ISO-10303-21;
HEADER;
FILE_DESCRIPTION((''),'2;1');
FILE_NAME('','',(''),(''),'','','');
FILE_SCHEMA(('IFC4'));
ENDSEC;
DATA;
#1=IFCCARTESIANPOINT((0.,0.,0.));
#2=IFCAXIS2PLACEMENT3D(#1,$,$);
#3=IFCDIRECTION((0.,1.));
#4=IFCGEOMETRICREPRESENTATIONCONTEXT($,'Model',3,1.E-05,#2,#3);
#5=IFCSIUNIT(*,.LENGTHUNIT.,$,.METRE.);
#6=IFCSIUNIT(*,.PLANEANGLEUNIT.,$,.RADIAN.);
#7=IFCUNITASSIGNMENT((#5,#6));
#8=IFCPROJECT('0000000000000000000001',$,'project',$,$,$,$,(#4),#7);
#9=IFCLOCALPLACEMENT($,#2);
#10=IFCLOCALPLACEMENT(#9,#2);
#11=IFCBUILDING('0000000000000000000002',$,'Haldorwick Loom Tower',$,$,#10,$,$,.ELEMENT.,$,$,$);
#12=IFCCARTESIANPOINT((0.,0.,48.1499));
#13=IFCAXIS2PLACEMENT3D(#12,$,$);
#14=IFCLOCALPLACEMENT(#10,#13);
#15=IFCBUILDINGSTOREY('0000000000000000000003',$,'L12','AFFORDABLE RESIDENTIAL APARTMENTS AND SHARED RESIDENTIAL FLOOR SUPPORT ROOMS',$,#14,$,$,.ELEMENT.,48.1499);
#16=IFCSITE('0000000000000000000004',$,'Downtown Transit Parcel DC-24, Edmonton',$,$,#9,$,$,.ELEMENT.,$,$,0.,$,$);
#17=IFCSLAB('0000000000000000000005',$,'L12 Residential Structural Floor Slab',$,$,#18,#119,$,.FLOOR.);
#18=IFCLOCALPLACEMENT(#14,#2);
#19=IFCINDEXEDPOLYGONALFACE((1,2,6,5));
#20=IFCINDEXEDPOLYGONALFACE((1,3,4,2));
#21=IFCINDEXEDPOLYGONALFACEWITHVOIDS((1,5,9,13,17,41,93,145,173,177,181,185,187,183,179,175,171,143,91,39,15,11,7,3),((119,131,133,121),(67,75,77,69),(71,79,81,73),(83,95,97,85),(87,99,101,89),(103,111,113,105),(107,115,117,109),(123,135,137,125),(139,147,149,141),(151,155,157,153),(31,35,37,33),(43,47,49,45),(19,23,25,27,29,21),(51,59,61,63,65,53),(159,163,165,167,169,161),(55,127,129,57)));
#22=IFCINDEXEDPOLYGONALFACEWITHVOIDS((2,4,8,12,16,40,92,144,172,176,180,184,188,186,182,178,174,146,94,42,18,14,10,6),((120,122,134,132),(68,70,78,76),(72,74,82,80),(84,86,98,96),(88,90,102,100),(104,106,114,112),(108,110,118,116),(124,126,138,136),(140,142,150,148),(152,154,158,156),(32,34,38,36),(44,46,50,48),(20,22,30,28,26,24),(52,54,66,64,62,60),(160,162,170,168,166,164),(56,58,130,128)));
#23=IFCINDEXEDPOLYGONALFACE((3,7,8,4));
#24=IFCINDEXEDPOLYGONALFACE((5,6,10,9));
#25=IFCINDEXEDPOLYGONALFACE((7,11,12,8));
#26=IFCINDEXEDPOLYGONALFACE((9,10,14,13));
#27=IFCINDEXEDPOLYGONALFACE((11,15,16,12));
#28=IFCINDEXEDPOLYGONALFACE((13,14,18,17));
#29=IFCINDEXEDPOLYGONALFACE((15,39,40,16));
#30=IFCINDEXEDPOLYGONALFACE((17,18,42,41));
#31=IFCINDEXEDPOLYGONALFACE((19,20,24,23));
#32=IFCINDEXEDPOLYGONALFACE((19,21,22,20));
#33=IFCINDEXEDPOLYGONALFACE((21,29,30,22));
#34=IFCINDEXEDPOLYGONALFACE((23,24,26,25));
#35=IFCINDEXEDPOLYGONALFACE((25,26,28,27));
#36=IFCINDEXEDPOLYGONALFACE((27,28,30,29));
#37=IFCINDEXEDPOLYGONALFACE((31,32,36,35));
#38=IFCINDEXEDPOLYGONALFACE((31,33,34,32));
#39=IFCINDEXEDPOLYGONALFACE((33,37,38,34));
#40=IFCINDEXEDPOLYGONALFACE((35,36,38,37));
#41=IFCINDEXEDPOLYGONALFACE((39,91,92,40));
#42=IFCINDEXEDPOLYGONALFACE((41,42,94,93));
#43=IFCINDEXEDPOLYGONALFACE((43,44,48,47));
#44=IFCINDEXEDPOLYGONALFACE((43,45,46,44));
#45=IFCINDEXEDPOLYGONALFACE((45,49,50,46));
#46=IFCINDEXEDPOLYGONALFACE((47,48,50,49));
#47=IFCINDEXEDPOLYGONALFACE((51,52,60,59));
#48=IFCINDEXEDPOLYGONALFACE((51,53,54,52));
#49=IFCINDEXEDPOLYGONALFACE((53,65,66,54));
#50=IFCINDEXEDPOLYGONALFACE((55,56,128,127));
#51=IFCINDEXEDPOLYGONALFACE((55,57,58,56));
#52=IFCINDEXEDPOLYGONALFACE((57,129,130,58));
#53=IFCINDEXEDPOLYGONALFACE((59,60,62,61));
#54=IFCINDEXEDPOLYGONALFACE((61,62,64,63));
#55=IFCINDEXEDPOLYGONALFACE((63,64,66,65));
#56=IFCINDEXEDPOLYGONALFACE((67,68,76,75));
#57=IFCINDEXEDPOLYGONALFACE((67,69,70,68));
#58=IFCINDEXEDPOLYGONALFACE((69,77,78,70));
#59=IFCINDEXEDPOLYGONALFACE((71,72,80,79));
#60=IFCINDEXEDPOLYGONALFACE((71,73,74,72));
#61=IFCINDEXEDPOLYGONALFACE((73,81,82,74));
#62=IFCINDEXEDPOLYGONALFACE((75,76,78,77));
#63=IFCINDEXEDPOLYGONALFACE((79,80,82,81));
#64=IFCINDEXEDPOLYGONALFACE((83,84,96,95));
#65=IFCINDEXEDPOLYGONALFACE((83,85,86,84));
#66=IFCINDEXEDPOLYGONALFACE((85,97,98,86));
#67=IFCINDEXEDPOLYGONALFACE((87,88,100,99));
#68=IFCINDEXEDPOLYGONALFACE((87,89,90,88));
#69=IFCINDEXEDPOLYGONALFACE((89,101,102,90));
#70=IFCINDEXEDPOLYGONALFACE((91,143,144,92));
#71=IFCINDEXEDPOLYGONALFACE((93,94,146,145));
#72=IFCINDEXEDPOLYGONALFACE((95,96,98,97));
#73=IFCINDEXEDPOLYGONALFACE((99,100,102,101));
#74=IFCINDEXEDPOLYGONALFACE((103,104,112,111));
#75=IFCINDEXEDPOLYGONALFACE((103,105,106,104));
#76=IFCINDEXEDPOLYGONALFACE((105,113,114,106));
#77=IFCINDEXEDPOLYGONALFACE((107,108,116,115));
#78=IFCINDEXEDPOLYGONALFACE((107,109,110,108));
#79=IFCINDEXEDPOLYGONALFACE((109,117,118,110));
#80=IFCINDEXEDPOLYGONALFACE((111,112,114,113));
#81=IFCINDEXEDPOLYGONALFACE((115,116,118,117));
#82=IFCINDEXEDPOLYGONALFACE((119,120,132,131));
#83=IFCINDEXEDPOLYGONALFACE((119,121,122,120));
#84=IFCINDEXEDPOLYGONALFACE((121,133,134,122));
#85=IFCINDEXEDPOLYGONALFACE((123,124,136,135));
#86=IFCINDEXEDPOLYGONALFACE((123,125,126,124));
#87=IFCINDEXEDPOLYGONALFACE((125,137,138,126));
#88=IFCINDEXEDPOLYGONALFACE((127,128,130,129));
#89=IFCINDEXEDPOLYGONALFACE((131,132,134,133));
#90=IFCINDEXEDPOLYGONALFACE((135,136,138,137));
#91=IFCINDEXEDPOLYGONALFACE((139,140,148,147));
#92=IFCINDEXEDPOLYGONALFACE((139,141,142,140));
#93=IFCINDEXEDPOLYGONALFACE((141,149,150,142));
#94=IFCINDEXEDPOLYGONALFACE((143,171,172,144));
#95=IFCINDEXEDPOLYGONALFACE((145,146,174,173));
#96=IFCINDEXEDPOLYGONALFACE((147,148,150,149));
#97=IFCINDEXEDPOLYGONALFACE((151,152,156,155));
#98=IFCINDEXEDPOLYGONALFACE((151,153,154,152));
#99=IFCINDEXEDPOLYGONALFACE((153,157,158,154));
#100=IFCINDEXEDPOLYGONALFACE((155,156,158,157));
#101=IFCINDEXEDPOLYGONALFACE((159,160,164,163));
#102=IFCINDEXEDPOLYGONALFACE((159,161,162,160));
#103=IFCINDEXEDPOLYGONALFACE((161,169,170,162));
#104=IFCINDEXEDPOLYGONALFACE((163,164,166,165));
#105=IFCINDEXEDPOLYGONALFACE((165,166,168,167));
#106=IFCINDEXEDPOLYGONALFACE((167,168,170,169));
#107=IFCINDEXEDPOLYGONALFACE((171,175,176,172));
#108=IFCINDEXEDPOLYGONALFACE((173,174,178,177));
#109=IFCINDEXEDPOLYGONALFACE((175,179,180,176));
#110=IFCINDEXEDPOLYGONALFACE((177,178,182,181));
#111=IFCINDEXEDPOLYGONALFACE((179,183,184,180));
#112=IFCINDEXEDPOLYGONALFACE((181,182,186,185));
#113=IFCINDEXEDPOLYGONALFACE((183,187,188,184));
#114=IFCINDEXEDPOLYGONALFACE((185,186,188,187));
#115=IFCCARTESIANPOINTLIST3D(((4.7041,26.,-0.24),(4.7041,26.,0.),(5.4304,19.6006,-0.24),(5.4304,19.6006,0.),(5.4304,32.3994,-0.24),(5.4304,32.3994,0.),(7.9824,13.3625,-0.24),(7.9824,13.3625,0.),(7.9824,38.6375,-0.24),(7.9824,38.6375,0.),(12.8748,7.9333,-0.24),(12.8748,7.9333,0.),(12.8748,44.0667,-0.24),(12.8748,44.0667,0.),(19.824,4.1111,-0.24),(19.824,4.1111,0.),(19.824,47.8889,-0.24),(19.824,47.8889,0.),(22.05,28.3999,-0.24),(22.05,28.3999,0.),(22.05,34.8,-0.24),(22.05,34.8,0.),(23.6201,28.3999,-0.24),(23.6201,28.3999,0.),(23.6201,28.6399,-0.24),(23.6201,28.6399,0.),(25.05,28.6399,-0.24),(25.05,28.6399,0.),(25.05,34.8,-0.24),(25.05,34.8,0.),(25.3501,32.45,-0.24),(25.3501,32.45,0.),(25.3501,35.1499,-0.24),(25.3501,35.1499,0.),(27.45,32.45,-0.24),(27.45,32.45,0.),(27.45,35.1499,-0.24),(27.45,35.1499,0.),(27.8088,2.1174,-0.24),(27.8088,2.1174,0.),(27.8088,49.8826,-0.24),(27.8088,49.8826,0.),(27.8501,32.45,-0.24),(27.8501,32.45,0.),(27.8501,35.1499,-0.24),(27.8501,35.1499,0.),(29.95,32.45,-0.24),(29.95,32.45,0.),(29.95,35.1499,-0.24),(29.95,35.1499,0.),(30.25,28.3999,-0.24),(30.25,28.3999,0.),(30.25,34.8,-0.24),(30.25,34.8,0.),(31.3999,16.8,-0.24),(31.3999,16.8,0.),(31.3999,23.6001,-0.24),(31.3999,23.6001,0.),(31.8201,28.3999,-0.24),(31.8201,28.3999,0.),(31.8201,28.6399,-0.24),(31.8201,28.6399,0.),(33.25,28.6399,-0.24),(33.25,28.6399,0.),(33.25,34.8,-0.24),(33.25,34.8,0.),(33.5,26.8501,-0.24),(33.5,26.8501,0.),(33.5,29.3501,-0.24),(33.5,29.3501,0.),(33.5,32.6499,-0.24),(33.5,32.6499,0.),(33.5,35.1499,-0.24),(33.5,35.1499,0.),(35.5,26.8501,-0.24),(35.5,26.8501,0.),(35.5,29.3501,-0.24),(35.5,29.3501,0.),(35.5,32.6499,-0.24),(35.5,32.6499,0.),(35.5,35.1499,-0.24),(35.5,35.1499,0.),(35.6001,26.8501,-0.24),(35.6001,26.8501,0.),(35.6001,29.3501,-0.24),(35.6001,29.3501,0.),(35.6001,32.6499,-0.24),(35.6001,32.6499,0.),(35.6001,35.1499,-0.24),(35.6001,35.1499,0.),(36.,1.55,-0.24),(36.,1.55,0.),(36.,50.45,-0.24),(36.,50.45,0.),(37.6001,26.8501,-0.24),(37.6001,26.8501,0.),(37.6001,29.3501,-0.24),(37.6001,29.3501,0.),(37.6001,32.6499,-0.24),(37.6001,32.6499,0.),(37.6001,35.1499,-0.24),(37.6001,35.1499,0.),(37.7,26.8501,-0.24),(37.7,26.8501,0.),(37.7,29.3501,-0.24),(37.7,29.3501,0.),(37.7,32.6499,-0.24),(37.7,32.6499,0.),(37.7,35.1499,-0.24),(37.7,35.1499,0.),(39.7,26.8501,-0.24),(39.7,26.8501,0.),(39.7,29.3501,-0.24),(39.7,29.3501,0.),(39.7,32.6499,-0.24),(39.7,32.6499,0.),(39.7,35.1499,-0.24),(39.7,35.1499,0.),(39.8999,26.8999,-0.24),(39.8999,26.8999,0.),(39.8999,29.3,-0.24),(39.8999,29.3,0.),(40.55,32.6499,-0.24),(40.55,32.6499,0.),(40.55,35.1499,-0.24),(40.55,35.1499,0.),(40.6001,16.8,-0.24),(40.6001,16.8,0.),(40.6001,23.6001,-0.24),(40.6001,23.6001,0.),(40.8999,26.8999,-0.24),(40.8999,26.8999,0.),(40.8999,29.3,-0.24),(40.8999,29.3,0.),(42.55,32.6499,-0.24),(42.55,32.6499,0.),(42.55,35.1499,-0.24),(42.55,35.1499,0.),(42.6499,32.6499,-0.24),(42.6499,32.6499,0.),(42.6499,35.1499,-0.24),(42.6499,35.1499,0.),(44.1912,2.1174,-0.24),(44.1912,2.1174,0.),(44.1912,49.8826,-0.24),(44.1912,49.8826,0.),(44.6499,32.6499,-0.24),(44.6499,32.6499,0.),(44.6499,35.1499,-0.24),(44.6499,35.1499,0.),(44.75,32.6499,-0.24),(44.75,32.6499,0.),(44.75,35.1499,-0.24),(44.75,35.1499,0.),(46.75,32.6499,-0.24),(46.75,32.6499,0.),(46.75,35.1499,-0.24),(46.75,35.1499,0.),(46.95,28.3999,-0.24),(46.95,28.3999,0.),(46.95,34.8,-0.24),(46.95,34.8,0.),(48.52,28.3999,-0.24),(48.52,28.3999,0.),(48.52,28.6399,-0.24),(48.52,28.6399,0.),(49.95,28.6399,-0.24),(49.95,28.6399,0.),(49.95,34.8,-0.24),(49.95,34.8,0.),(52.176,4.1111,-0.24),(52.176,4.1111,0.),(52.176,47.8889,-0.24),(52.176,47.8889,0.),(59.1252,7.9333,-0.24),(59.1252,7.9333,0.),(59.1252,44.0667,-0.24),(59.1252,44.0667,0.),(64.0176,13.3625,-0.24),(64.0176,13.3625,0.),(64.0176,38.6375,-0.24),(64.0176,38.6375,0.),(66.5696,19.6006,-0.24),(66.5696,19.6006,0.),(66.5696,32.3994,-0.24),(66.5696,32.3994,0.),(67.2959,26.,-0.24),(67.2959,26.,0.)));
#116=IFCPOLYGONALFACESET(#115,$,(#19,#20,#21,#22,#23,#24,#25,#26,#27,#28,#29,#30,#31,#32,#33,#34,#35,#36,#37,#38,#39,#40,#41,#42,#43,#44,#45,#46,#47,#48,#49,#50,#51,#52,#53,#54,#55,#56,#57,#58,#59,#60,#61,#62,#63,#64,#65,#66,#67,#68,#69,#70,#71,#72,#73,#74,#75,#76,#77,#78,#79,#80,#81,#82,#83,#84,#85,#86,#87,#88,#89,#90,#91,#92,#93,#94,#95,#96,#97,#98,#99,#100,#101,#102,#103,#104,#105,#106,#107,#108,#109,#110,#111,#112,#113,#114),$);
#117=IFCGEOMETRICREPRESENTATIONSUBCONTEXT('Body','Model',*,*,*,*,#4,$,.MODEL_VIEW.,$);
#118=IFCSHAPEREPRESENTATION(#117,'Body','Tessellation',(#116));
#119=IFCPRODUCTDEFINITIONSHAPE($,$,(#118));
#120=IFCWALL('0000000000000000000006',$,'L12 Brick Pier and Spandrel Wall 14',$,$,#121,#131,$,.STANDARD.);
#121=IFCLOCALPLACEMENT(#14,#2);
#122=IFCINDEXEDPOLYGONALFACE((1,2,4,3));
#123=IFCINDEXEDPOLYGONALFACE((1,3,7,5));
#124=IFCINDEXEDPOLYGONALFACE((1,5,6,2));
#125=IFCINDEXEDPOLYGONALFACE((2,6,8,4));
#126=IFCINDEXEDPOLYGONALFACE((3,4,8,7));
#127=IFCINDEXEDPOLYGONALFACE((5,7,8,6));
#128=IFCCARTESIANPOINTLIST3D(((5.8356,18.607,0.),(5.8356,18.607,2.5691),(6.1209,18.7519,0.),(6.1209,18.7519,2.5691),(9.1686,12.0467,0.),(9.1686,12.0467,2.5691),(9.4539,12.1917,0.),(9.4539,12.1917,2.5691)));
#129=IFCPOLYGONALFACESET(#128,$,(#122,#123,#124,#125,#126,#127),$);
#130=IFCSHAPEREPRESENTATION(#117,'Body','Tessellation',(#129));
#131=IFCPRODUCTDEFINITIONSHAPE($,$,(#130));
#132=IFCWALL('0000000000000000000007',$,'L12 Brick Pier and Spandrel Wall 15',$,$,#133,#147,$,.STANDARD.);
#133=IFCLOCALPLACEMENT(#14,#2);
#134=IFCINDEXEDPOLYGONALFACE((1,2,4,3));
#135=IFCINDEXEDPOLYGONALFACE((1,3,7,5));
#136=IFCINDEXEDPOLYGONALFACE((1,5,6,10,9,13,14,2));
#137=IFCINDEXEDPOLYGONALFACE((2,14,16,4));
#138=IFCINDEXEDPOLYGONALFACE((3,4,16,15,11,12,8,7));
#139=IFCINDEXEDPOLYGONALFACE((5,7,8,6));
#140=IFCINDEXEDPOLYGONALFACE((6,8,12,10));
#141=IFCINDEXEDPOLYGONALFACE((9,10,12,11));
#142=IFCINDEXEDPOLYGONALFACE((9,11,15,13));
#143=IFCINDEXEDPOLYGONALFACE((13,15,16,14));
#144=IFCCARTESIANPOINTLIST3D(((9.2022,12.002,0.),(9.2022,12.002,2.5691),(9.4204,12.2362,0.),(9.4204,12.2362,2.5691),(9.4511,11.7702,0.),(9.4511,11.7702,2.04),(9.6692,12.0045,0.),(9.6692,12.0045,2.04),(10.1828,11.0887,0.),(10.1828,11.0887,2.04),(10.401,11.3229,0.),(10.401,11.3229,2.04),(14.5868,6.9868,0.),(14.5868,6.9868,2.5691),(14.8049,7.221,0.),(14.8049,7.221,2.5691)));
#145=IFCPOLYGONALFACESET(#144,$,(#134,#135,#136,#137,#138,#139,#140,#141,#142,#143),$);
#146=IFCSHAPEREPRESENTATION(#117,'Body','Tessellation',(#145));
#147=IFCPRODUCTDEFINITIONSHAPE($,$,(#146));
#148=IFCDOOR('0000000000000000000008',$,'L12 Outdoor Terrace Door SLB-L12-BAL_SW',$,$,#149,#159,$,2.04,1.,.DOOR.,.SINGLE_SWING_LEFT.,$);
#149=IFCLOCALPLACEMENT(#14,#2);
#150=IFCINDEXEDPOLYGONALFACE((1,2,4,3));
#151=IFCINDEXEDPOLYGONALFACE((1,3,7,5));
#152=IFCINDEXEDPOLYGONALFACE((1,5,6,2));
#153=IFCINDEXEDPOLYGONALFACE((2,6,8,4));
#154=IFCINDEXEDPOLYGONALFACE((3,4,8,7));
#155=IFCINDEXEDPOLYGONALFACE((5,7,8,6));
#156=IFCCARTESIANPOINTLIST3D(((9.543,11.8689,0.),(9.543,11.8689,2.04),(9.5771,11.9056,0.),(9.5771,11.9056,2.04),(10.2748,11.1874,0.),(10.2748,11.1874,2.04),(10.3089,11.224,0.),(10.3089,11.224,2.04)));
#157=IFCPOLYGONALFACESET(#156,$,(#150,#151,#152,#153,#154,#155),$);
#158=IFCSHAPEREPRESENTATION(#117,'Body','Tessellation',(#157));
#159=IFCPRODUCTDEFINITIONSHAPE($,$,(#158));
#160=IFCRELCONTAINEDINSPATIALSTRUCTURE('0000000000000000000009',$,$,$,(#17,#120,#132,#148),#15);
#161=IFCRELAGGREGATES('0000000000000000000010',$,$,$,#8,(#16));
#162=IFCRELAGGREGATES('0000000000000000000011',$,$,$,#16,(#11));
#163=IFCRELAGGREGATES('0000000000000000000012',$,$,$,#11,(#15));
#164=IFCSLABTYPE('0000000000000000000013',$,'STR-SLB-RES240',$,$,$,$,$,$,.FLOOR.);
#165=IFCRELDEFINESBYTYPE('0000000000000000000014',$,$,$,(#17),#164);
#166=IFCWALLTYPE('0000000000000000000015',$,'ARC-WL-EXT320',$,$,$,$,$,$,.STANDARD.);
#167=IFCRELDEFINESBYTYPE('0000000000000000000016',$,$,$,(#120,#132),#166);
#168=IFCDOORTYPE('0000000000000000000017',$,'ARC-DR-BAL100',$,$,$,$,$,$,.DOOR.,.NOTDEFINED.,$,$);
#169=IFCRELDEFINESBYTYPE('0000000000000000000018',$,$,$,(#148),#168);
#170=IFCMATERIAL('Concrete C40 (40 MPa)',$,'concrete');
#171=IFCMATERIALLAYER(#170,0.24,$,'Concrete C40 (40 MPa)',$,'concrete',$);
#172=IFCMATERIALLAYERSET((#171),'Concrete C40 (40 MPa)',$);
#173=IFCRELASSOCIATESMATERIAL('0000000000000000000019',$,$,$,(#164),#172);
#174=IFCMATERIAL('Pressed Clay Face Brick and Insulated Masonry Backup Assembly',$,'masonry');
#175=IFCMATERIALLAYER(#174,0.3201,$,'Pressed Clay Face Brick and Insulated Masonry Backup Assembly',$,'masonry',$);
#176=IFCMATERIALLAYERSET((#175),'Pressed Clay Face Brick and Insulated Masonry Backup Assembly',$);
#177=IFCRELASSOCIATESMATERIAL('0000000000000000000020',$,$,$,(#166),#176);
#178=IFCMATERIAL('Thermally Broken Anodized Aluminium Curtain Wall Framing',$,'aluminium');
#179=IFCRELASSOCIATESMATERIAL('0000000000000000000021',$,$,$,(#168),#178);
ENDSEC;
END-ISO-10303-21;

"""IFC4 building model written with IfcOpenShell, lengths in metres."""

from ifc_helpers import new_model, si_unit, direction, frame, frame_2d, origin, place, context, subcontext, project, spatial, polyline, rectangle, outline, extrude, material, layer, layer_set, type_object, element, fill, save


model = new_model("IFC4")

# Units and contexts
model_context = context("Model", 3, precision=1e-05, world=origin(), true_north=direction((0.0, 1.0)))
body_context = subcontext(model_context, "Body", "Model", "MODEL_VIEW")
ifc_project = project(units=[si_unit("LENGTHUNIT", "METRE"), si_unit("PLANEANGLEUNIT", "RADIAN")], contexts=[model_context])

# Site, building, storey
site_placement = place(None, origin())
site = spatial("IfcSite", under=ifc_project, at=site_placement, Name="Downtown Transit Parcel DC-24, Edmonton", CompositionType="ELEMENT", RefElevation=0.0)
building_placement = place(site_placement, origin())
building = spatial("IfcBuilding", under=site, at=building_placement, Name="Haldorwick Loom Tower", CompositionType="ELEMENT")
storey_placement = place(building_placement, frame((0.0, 0.0, 48.1499)))
storey = spatial("IfcBuildingStorey", under=building, at=storey_placement, Name="L12", Description="AFFORDABLE RESIDENTIAL APARTMENTS AND SHARED RESIDENTIAL FLOOR SUPPORT ROOMS", CompositionType="ELEMENT", Elevation=48.1499)

# Shared definitions
ifc_material_1 = material(Name="Concrete C40 (40 MPa)", Category="concrete")

# Slab
ifc_layer_1 = layer(ifc_material_1, 0.24, Name="Concrete C40 (40 MPa)", Category="concrete")
ifc_layer_set_1 = layer_set([ifc_layer_1], Name="Concrete C40 (40 MPa)")
slab_type_1 = type_object("IfcSlabType", Name="STR-SLB-RES240", PredefinedType="FLOOR", material=ifc_layer_set_1)
slab_1_placement = place(storey_placement, frame((0.0, 0.0, -0.24)))
element("IfcSlab", 1, at=slab_1_placement, inside=storey, type_object=slab_type_1, Name="L12 Residential Structural Floor Slab", PredefinedType="FLOOR", context=body_context, shape_type="SweptSolid", body=[
    extrude(outline(polyline([(59.1252, 7.9333), (64.0176, 13.3625), (66.5696, 19.6006), (67.2959, 26.0), (66.5696, 32.3994), (64.0176, 38.6375), (59.1252, 44.0667), (52.176, 47.8889), (44.1912, 49.8826), (36.0, 50.45), (27.8088, 49.8826), (19.824, 47.8889), (12.8748, 44.0667), (7.9824, 38.6375), (5.4304, 32.3994), (4.7041, 26.0), (5.4304, 19.6006), (7.9824, 13.3625), (12.8748, 7.9333), (19.824, 4.1111), (27.8088, 2.1174), (36.0, 1.55), (44.1912, 2.1174), (52.176, 4.1111), (59.1252, 7.9333)]), holes=[polyline([(31.3999, 23.6001), (40.6001, 23.6001), (40.6001, 16.8), (31.3999, 16.8), (31.3999, 23.6001)]), polyline([(33.5, 26.8501), (33.5, 29.3501), (35.5, 29.3501), (35.5, 26.8501), (33.5, 26.8501)]), polyline([(22.05, 28.3999), (22.05, 34.8), (25.05, 34.8), (25.05, 28.6399), (23.6201, 28.6399), (23.6201, 28.3999), (22.05, 28.3999)]), polyline([(30.25, 28.3999), (30.25, 34.8), (33.25, 34.8), (33.25, 28.6399), (31.8201, 28.6399), (31.8201, 28.3999), (30.25, 28.3999)]), polyline([(25.3501, 32.45), (25.3501, 35.1499), (27.45, 35.1499), (27.45, 32.45), (25.3501, 32.45)]), polyline([(27.8501, 32.45), (27.8501, 35.1499), (29.95, 35.1499), (29.95, 32.45), (27.8501, 32.45)]), polyline([(33.5, 32.6499), (33.5, 35.1499), (35.5, 35.1499), (35.5, 32.6499), (33.5, 32.6499)]), polyline([(35.6001, 32.6499), (35.6001, 35.1499), (37.6001, 35.1499), (37.6001, 32.6499), (35.6001, 32.6499)]), polyline([(35.6001, 26.8501), (35.6001, 29.3501), (37.6001, 29.3501), (37.6001, 26.8501), (35.6001, 26.8501)]), polyline([(37.7, 26.8501), (37.7, 29.3501), (39.7, 29.3501), (39.7, 26.8501), (37.7, 26.8501)]), polyline([(39.8999, 26.8999), (39.8999, 29.3), (40.8999, 29.3), (40.8999, 26.8999), (39.8999, 26.8999)]), polyline([(46.95, 28.3999), (46.95, 34.8), (49.95, 34.8), (49.95, 28.6399), (48.52, 28.6399), (48.52, 28.3999), (46.95, 28.3999)]), polyline([(37.7, 32.6499), (37.7, 35.1499), (39.7, 35.1499), (39.7, 32.6499), (37.7, 32.6499)]), polyline([(40.55, 32.6499), (40.55, 35.1499), (42.55, 35.1499), (42.55, 32.6499), (40.55, 32.6499)]), polyline([(42.6499, 32.6499), (42.6499, 35.1499), (44.6499, 35.1499), (44.6499, 32.6499), (42.6499, 32.6499)]), polyline([(44.75, 32.6499), (44.75, 35.1499), (46.75, 35.1499), (46.75, 32.6499), (44.75, 32.6499)])]), origin(), (0.0, 0.0, 1.0), 0.24),
])

# Wall
ifc_material_2 = material(Name="Pressed Clay Face Brick and Insulated Masonry Backup Assembly", Category="masonry")
ifc_layer_2 = layer(ifc_material_2, 0.3201, Name="Pressed Clay Face Brick and Insulated Masonry Backup Assembly", Category="masonry")
ifc_layer_set_2 = layer_set([ifc_layer_2], Name="Pressed Clay Face Brick and Insulated Masonry Backup Assembly")
wall_type_1 = type_object("IfcWallType", Name="ARC-WL-EXT320", PredefinedType="STANDARD", material=ifc_layer_set_2)
wall_1_placement = place(storey_placement, frame((5.9783, 18.6794, 0.0), z_axis=(0.0, 0.0, 1.0), x_axis=(0.452951, -0.891535, 0.0)))
element("IfcWall", 2, at=wall_1_placement, inside=storey, type_object=wall_type_1, Name="L12 Brick Pier and Spandrel Wall 14", PredefinedType="STANDARD", context=body_context, shape_type="SweptSolid", body=[
    extrude(rectangle(XDim=7.3584, YDim=0.3201, at=frame_2d((3.6792, 0.0))), origin(), (0.0, 0.0, 1.0), 2.5691),
])

# Wall, opening, door
wall_2_placement = place(storey_placement, frame((9.3113, 12.1191, 0.0), z_axis=(0.0, 0.0, 1.0), x_axis=(0.731761, -0.681561, 0.0)))
wall_2 = element("IfcWall", 3, at=wall_2_placement, inside=storey, type_object=wall_type_1, Name="L12 Brick Pier and Spandrel Wall 15", PredefinedType="STANDARD", context=body_context, shape_type="SweptSolid", body=[
    extrude(rectangle(XDim=7.3584, YDim=0.3201, at=frame_2d((3.6792, 0.0))), origin(), (0.0, 0.0, 1.0), 2.5691),
])
opening_1_placement = place(wall_2_placement, frame((0.3401, 0.0, 0.0)))
opening_1 = element("IfcOpeningElement", 4, at=opening_1_placement, cuts=wall_2, PredefinedType="OPENING", context=body_context, shape_type="SweptSolid", body=[
    extrude(rectangle(XDim=1.0, YDim=2.04, at=frame_2d((0.5, 1.02))), frame((0.0, 0.1699, 0.0), z_axis=(0.0, -1.0, 0.0), x_axis=(1.0, 0.0, 0.0)), (0.0, 0.0, 1.0), 0.3401),
])
ifc_material_3 = material(Name="Thermally Broken Anodized Aluminium Curtain Wall Framing", Category="aluminium")
door_type = type_object("IfcDoorType", Name="ARC-DR-BAL100", OperationType="NOTDEFINED", PredefinedType="DOOR", material=ifc_material_3)
door_placement = place(opening_1_placement, origin())
door = element("IfcDoor", 5, at=door_placement, inside=storey, type_object=door_type, Name="L12 Outdoor Terrace Door SLB-L12-BAL_SW", OperationType="SINGLE_SWING_LEFT", OverallHeight=2.04, OverallWidth=1.0, PredefinedType="DOOR", context=body_context, shape_type="SweptSolid", body=[
    extrude(rectangle(XDim=1.0, YDim=2.04, at=frame_2d((0.5, 1.02))), frame((0.0, 0.0249, 0.0), z_axis=(0.0, -1.0, 0.0), x_axis=(1.0, 0.0, 0.0)), (0.0, 0.0, 1.0), 0.05),
])
fill(opening_1, door)

save(model, "model.ifc")
